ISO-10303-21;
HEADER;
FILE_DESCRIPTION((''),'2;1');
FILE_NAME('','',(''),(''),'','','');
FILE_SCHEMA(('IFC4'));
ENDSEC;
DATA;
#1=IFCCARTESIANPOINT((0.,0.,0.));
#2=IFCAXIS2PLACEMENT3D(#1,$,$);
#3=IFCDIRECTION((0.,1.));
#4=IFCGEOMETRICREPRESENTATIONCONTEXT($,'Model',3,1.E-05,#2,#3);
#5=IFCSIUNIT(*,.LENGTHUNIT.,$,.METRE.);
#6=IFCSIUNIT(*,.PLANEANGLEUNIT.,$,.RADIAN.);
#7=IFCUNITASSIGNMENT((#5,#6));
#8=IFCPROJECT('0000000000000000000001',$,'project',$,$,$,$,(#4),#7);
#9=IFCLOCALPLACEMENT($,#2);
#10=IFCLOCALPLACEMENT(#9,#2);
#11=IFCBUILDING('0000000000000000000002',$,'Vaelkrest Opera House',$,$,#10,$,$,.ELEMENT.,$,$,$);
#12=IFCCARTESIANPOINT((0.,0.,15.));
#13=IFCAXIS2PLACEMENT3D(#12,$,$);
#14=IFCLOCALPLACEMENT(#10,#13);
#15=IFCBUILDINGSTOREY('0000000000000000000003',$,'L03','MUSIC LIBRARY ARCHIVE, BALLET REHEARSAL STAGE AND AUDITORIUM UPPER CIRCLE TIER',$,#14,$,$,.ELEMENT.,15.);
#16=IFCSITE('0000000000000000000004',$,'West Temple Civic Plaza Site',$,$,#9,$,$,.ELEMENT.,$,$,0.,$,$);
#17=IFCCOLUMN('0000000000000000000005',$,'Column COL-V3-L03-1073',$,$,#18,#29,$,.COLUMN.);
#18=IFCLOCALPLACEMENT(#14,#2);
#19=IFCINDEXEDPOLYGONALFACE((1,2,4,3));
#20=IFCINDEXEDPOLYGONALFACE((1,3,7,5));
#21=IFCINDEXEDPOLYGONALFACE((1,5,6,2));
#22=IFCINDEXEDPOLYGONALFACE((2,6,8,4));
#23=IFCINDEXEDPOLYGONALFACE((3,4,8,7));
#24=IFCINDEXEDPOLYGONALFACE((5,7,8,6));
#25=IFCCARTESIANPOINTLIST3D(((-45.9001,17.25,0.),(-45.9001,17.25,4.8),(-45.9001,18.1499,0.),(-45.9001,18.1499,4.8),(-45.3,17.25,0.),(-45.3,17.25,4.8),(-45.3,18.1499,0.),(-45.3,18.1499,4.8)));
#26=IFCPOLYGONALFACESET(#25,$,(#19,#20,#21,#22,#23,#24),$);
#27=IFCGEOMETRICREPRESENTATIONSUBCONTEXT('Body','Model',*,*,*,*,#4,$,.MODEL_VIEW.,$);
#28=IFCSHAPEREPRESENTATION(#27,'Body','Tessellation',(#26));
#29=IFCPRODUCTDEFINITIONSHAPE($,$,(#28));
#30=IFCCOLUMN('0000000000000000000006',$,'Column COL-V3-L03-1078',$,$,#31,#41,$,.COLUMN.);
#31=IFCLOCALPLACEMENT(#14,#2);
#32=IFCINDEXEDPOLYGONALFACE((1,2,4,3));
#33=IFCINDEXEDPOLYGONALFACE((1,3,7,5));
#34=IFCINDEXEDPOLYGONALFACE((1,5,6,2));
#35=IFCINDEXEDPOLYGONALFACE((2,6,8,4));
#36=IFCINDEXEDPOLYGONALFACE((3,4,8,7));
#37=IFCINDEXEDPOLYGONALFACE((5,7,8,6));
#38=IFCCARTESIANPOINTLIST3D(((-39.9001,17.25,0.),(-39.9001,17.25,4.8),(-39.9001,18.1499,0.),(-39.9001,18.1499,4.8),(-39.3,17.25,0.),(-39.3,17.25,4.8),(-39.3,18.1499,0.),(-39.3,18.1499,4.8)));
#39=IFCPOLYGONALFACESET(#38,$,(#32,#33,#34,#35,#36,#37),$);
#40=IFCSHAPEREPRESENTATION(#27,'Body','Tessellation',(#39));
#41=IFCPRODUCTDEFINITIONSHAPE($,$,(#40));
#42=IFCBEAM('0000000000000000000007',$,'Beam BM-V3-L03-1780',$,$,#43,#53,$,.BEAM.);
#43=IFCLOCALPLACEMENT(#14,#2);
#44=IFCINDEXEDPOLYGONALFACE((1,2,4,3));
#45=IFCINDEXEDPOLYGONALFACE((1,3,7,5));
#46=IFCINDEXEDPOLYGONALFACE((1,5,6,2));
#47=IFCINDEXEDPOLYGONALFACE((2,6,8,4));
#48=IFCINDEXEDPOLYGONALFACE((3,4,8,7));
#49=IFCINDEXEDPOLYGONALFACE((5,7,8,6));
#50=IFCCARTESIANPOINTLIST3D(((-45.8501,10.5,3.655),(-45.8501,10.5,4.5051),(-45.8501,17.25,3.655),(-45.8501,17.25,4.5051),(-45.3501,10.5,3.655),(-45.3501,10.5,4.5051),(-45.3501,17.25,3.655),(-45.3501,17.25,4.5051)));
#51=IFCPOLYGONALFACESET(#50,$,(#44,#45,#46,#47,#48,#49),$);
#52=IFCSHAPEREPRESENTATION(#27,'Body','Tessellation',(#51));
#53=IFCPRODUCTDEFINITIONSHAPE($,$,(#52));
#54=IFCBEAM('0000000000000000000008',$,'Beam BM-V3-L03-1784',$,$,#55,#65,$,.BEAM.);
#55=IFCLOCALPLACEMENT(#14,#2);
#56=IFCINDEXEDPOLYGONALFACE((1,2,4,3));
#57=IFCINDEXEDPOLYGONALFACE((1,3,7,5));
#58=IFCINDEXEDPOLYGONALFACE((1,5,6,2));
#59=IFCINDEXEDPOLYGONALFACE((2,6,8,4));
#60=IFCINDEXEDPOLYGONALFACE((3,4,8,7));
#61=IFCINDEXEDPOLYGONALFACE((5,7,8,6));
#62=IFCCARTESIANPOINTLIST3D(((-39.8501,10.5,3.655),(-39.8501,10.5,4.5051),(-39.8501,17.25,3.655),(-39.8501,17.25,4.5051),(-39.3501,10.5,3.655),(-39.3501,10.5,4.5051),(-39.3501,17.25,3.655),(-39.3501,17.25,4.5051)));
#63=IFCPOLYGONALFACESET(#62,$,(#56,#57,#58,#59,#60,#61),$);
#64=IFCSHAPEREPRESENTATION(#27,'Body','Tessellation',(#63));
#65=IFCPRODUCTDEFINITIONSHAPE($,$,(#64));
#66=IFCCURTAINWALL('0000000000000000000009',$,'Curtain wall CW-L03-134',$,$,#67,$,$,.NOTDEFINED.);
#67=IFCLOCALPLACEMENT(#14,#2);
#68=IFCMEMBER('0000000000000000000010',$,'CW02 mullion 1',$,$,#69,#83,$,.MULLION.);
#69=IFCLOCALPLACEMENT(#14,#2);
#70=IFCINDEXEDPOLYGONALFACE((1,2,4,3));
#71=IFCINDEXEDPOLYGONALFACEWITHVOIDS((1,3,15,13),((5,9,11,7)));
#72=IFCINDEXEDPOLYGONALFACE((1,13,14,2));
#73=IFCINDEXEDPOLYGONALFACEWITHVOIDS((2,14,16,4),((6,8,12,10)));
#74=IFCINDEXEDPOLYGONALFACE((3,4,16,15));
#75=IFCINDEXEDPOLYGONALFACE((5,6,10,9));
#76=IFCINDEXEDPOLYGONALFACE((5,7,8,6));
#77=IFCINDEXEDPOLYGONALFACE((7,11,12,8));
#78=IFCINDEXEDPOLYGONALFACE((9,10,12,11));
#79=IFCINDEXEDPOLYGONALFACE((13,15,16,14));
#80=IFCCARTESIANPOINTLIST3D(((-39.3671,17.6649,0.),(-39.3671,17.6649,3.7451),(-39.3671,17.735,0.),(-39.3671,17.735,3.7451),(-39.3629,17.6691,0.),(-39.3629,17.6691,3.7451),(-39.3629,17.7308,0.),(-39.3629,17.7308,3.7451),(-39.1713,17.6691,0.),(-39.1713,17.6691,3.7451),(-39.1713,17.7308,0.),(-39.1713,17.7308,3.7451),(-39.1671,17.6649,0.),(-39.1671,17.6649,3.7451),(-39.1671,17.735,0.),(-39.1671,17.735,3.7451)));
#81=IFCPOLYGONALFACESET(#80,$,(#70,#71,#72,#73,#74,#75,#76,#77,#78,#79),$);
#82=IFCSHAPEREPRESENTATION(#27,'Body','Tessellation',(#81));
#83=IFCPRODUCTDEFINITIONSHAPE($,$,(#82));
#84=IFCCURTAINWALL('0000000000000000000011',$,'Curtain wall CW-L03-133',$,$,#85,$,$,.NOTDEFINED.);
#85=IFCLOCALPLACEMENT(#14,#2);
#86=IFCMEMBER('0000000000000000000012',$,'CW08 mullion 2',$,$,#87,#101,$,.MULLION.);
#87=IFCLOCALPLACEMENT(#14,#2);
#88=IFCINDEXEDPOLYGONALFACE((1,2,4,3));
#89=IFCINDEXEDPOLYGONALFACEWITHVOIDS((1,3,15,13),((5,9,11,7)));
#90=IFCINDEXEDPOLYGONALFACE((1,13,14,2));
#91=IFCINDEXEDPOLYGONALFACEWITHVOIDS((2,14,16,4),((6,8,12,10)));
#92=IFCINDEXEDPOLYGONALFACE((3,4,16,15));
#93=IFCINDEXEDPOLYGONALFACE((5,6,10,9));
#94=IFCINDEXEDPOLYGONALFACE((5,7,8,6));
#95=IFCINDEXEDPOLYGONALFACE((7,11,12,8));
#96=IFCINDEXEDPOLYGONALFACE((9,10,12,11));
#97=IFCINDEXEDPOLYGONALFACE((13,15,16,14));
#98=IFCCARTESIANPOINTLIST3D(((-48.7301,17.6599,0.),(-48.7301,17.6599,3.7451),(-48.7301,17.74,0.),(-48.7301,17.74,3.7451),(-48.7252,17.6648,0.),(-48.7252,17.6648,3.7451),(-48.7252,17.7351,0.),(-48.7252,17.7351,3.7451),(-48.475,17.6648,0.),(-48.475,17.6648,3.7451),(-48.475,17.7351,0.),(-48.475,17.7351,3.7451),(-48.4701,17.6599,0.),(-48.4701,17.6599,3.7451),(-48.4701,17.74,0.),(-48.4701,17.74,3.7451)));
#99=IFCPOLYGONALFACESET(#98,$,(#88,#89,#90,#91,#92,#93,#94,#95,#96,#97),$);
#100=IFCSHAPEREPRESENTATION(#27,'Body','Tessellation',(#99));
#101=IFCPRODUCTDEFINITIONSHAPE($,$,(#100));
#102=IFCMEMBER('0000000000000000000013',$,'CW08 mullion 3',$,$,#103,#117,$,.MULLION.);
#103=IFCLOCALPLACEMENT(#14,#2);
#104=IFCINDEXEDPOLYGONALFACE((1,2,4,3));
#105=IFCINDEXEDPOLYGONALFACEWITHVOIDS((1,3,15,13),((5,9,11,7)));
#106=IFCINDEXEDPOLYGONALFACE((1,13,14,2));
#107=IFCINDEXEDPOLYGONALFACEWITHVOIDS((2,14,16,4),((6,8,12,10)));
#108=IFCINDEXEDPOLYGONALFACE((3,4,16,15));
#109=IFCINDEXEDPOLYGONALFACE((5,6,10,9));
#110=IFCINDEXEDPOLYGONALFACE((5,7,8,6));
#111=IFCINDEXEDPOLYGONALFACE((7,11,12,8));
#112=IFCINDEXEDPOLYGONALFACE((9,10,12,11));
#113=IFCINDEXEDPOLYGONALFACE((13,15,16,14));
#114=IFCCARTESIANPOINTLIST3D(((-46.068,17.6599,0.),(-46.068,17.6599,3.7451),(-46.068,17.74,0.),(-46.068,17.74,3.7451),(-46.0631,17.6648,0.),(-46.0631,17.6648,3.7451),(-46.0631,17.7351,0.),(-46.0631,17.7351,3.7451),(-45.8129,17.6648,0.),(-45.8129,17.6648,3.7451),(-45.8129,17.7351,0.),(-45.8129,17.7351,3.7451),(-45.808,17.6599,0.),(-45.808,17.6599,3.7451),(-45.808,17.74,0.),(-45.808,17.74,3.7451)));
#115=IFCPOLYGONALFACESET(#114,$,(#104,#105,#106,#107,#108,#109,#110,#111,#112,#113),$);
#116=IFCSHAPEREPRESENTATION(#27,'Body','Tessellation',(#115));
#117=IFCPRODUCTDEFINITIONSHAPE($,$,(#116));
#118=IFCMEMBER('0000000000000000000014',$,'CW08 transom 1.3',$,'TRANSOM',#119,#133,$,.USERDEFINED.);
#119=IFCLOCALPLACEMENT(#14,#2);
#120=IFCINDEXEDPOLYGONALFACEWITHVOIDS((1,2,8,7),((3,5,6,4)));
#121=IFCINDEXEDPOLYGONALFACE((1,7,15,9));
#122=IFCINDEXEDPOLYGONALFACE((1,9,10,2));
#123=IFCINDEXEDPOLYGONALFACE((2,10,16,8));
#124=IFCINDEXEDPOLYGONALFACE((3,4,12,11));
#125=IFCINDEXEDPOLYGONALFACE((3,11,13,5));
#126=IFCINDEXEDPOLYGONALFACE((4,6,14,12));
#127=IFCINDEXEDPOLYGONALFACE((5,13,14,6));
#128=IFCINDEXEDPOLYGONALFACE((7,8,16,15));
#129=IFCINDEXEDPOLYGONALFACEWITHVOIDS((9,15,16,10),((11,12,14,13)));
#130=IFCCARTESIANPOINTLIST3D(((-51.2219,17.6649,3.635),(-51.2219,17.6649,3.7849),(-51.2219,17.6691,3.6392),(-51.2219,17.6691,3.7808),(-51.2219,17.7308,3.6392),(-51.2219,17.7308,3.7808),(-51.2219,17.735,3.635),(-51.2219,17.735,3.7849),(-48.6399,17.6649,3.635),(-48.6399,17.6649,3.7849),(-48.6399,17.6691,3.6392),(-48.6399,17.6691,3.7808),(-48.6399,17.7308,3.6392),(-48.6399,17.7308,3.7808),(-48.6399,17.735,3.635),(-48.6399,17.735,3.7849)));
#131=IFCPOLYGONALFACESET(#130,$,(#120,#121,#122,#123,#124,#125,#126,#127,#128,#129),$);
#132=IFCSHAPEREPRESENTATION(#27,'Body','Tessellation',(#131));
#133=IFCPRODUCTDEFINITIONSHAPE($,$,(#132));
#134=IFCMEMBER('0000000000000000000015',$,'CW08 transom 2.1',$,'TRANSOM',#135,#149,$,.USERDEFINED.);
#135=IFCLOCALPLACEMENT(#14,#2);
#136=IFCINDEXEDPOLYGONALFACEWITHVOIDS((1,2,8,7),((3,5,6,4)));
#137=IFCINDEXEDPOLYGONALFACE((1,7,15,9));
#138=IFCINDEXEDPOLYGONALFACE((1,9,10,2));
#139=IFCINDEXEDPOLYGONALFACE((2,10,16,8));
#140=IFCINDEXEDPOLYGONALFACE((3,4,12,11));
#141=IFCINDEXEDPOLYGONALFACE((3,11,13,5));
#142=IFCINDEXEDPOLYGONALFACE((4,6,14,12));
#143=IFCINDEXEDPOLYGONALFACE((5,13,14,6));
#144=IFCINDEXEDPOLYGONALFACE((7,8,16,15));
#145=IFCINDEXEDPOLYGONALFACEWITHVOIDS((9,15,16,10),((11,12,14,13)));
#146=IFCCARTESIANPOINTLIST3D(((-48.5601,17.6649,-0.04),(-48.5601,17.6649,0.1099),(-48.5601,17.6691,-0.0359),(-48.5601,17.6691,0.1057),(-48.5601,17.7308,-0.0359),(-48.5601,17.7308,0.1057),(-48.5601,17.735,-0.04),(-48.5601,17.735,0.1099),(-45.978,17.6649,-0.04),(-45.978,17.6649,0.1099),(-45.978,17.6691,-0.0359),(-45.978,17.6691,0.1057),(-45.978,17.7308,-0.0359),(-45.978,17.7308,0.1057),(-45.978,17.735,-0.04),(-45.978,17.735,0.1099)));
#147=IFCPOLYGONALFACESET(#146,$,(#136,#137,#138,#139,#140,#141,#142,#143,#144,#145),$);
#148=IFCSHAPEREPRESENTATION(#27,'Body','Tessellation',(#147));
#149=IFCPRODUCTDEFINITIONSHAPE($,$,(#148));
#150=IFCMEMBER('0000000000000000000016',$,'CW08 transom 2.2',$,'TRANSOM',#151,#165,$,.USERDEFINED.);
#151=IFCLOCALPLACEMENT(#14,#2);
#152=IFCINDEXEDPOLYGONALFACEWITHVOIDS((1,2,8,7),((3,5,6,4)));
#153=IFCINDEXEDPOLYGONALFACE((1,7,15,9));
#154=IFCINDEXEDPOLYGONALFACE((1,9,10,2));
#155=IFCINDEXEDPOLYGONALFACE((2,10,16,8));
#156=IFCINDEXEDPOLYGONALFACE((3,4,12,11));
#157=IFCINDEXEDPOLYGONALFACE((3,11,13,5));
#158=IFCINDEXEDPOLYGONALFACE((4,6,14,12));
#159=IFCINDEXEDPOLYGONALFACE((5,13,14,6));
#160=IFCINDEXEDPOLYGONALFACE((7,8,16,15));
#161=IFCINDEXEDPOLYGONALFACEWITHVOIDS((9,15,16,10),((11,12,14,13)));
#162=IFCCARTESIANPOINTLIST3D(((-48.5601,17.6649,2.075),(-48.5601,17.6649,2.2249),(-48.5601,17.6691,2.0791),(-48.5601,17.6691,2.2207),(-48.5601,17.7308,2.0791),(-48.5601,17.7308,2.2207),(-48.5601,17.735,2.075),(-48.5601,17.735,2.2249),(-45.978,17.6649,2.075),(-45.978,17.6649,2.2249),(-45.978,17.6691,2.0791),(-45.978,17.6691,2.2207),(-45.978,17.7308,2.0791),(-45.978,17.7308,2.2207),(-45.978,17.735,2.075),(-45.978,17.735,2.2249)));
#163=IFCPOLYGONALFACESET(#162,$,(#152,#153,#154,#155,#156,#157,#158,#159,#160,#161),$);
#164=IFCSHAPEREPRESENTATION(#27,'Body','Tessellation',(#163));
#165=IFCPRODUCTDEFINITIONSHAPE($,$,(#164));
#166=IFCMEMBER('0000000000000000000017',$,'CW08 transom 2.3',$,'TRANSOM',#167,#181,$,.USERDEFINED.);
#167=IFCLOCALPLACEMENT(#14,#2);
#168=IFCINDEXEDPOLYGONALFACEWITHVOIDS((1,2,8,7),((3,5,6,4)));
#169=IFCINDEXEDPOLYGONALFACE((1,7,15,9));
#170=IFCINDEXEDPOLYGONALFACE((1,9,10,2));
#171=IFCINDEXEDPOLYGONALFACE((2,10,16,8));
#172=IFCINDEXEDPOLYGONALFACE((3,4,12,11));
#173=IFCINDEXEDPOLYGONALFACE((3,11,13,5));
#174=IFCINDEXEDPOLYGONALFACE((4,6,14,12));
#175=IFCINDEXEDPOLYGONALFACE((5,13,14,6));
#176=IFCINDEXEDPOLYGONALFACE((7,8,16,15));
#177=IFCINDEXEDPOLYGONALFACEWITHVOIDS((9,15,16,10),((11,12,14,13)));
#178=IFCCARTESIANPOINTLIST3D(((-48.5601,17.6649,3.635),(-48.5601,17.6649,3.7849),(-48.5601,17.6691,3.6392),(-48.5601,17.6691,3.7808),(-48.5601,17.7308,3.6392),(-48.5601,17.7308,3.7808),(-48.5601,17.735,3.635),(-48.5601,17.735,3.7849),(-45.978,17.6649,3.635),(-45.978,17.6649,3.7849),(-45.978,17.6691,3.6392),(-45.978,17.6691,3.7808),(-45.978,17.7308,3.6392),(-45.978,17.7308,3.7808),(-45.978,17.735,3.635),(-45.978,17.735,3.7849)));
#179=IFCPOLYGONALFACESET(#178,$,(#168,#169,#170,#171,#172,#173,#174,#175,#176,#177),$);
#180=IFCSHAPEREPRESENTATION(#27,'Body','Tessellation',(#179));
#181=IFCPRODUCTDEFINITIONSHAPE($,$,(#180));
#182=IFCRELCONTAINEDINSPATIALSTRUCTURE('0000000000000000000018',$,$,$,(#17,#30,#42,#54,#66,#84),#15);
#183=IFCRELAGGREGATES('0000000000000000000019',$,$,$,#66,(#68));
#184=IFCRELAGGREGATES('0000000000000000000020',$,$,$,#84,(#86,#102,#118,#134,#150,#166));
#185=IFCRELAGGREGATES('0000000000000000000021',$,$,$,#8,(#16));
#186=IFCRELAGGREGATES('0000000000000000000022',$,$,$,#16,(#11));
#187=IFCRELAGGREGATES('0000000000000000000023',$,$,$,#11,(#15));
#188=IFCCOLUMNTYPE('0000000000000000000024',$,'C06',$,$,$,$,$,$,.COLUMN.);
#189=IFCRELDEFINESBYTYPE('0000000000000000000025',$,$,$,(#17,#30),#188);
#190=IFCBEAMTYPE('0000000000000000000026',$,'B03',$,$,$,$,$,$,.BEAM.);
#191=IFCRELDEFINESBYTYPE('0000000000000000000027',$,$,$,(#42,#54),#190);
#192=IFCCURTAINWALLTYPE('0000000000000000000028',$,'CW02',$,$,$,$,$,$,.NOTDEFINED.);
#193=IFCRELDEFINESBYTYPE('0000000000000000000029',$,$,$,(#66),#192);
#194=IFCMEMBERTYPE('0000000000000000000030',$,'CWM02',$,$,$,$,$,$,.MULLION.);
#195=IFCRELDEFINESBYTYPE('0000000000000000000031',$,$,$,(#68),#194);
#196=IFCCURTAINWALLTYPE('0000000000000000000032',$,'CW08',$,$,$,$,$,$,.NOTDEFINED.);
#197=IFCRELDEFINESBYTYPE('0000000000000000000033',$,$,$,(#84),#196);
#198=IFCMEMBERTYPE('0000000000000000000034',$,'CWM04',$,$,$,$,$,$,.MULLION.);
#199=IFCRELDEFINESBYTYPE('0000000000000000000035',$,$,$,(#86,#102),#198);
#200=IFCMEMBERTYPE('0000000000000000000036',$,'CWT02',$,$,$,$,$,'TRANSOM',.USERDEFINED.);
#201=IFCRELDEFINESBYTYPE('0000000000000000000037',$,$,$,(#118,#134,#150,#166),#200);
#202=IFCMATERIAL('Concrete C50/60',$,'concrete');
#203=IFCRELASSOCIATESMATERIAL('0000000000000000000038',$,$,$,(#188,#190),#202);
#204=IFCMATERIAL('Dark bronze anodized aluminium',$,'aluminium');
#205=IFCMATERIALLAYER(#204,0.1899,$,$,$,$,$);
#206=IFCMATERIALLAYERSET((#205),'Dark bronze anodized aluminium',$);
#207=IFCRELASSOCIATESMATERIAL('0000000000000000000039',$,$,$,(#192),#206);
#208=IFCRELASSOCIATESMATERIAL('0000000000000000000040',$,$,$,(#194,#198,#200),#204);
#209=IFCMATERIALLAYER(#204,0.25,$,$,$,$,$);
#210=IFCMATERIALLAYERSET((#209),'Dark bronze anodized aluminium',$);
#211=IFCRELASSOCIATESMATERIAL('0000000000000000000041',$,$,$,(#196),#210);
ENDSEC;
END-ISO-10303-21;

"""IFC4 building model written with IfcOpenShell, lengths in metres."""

from ifc_helpers import new_model, si_unit, direction, frame, origin, origin_2d, place, context, subcontext, project, spatial, rectangle, hollow_rectangle, extrude, material, layer, layer_set, material_profile, profile_set, type_object, element, aggregate, save


model = new_model("IFC4")

# Units and contexts
model_context = context("Model", 3, precision=1e-05, world=origin(), true_north=direction((0.0, 1.0)))
body_context = subcontext(model_context, "Body", "Model", "MODEL_VIEW")
ifc_project = project(units=[si_unit("LENGTHUNIT", "METRE"), si_unit("PLANEANGLEUNIT", "RADIAN")], contexts=[model_context])

# Site, building, storey
site_placement = place(None, origin())
site = spatial("IfcSite", under=ifc_project, at=site_placement, Name="West Temple Civic Plaza Site", CompositionType="ELEMENT", RefElevation=0.0)
building_placement = place(site_placement, origin())
building = spatial("IfcBuilding", under=site, at=building_placement, Name="Vaelkrest Opera House", CompositionType="ELEMENT")
storey_placement = place(building_placement, frame((0.0, 0.0, 15.0)))
storey = spatial("IfcBuildingStorey", under=building, at=storey_placement, Name="L03", Description="MUSIC LIBRARY ARCHIVE, BALLET REHEARSAL STAGE AND AUDITORIUM UPPER CIRCLE TIER", CompositionType="ELEMENT", Elevation=15.0)

# Columns
ifc_material_1 = material(Name="Concrete C50/60", Category="concrete")
ifc_material_profile_1 = material_profile(ifc_material_1, rectangle(XDim=0.6001, YDim=0.8999, at=origin_2d()), Name="RC600X900")
ifc_profile_set_1 = profile_set([ifc_material_profile_1], Name="Concrete C50/60")
column_type = type_object("IfcColumnType", Name="C06", PredefinedType="COLUMN", material=ifc_profile_set_1)
for number, where, z_axis, x_axis, name in (
    (1, (-45.6001, 17.7, 0.0), (0.0, 0.0, 1.0), (1.0, 0.0, 0.0), "Column COL-V3-L03-1073"),
    (2, (-39.6001, 17.7, 0.0), (0.0, 0.0, 1.0), (1.0, 0.0, 0.0), "Column COL-V3-L03-1078"),
):
    element("IfcColumn", number, at=place(storey_placement, frame(where, z_axis=z_axis, x_axis=x_axis)), inside=storey, type_object=column_type, Name=name, PredefinedType="COLUMN", context=body_context, shape_type="SweptSolid", body=[
        extrude(rectangle(XDim=0.6001, YDim=0.8999, at=origin_2d()), origin(), (0.0, 0.0, 1.0), 4.8),
    ])

# Beams
ifc_material_profile_2 = material_profile(ifc_material_1, rectangle(XDim=0.5, YDim=0.8501, at=origin_2d()), Name="RCB500X850")
ifc_profile_set_2 = profile_set([ifc_material_profile_2], Name="Concrete C50/60")
beam_type_1 = type_object("IfcBeamType", Name="B03", PredefinedType="BEAM", material=ifc_profile_set_2)
for number, where, z_axis, x_axis, name in (
    (3, (-45.6001, 10.5, 4.0801), (0.0, 1.0, 0.0), (-1.0, 0.0, 0.0), "Beam BM-V3-L03-1780"),
    (4, (-39.6001, 10.5, 4.0801), (0.0, 1.0, 0.0), (-1.0, 0.0, 0.0), "Beam BM-V3-L03-1784"),
):
    element("IfcBeam", number, at=place(storey_placement, frame(where, z_axis=z_axis, x_axis=x_axis)), inside=storey, type_object=beam_type_1, Name=name, PredefinedType="BEAM", context=body_context, shape_type="SweptSolid", body=[
        extrude(rectangle(XDim=0.5, YDim=0.8501, at=origin_2d()), origin(), (0.0, 0.0, 1.0), 6.75),
    ])

# Curtain wall, member
ifc_material_2 = material(Name="Dark bronze anodized aluminium", Category="aluminium")
ifc_layer_1 = layer(ifc_material_2, 0.1899)
ifc_layer_set_1 = layer_set([ifc_layer_1], Name="Dark bronze anodized aluminium")
curtain_wall_type_1 = type_object("IfcCurtainWallType", Name="CW02", PredefinedType="NOTDEFINED", material=ifc_layer_set_1)
curtain_wall_1_placement = place(storey_placement, origin())
curtain_wall_1 = element("IfcCurtainWall", 5, at=curtain_wall_1_placement, inside=storey, type_object=curtain_wall_type_1, Name="Curtain wall CW-L03-134", PredefinedType="NOTDEFINED")
ifc_material_profile_3 = material_profile(ifc_material_2, hollow_rectangle(XDim=0.0701, YDim=0.2, WallThickness=0.0042, at=origin_2d()), Name="CWM70X200")
ifc_profile_set_3 = profile_set([ifc_material_profile_3], Name="Dark bronze anodized aluminium")
member_type_1 = type_object("IfcMemberType", Name="CWM02", PredefinedType="MULLION", material=ifc_profile_set_3)
member_1_placement = place(storey_placement, frame((-39.2671, 17.7, 0.0), z_axis=(0.0, 0.0, 1.0), x_axis=(0.0, 1.0, 0.0)))
member_1 = element("IfcMember", 6, at=member_1_placement, type_object=member_type_1, Name="CW02 mullion 1", PredefinedType="MULLION", context=body_context, shape_type="SweptSolid", body=[
    extrude(hollow_rectangle(XDim=0.0701, YDim=0.2, WallThickness=0.0042, at=origin_2d()), origin(), (0.0, 0.0, 1.0), 3.7451),
])

# Curtain wall, members
ifc_layer_2 = layer(ifc_material_2, 0.25)
ifc_layer_set_2 = layer_set([ifc_layer_2], Name="Dark bronze anodized aluminium")
curtain_wall_type_2 = type_object("IfcCurtainWallType", Name="CW08", PredefinedType="NOTDEFINED", material=ifc_layer_set_2)
curtain_wall_2_placement = place(storey_placement, origin())
curtain_wall_2 = element("IfcCurtainWall", 7, at=curtain_wall_2_placement, inside=storey, type_object=curtain_wall_type_2, Name="Curtain wall CW-L03-133", PredefinedType="NOTDEFINED")
ifc_material_profile_4 = material_profile(ifc_material_2, hollow_rectangle(XDim=0.0801, YDim=0.26, WallThickness=0.0049, at=origin_2d()), Name="CWM80X260")
ifc_profile_set_4 = profile_set([ifc_material_profile_4], Name="Dark bronze anodized aluminium")
member_type_2 = type_object("IfcMemberType", Name="CWM04", PredefinedType="MULLION", material=ifc_profile_set_4)
member_2_placement = place(storey_placement, frame((-48.6001, 17.7, 0.0), z_axis=(0.0, 0.0, 1.0), x_axis=(0.0, 1.0, 0.0)))
member_2 = element("IfcMember", 8, at=member_2_placement, type_object=member_type_2, Name="CW08 mullion 2", PredefinedType="MULLION", context=body_context, shape_type="SweptSolid", body=[
    extrude(hollow_rectangle(XDim=0.0801, YDim=0.26, WallThickness=0.0049, at=origin_2d()), origin(), (0.0, 0.0, 1.0), 3.7451),
])
member_3_placement = place(storey_placement, frame((-45.938, 17.7, 0.0), z_axis=(0.0, 0.0, 1.0), x_axis=(0.0, 1.0, 0.0)))
member_3 = element("IfcMember", 9, at=member_3_placement, type_object=member_type_2, Name="CW08 mullion 3", PredefinedType="MULLION", context=body_context, shape_type="SweptSolid", body=[
    extrude(hollow_rectangle(XDim=0.0801, YDim=0.26, WallThickness=0.0049, at=origin_2d()), origin(), (0.0, 0.0, 1.0), 3.7451),
])
ifc_material_profile_5 = material_profile(ifc_material_2, hollow_rectangle(XDim=0.0701, YDim=0.1499, WallThickness=0.0042, at=origin_2d()), Name="CWT70X150")
ifc_profile_set_5 = profile_set([ifc_material_profile_5], Name="Dark bronze anodized aluminium")
member_type_3 = type_object("IfcMemberType", Name="CWT02", ElementType="TRANSOM", PredefinedType="USERDEFINED", material=ifc_profile_set_5)
member_4_placement = place(storey_placement, frame((-51.2219, 17.7, 3.71), z_axis=(1.0, 0.0, 0.0), x_axis=(0.0, 1.0, 0.0)))
member_4 = element("IfcMember", 10, at=member_4_placement, type_object=member_type_3, Name="CW08 transom 1.3", ObjectType="TRANSOM", PredefinedType="USERDEFINED", context=body_context, shape_type="SweptSolid", body=[
    extrude(hollow_rectangle(XDim=0.0701, YDim=0.1499, WallThickness=0.0042, at=origin_2d()), origin(), (0.0, 0.0, 1.0), 2.582),
])
member_5_placement = place(storey_placement, frame((-48.5601, 17.7, 0.0349), z_axis=(1.0, 0.0, 0.0), x_axis=(0.0, 1.0, 0.0)))
member_5 = element("IfcMember", 11, at=member_5_placement, type_object=member_type_3, Name="CW08 transom 2.1", ObjectType="TRANSOM", PredefinedType="USERDEFINED", context=body_context, shape_type="SweptSolid", body=[
    extrude(hollow_rectangle(XDim=0.0701, YDim=0.1499, WallThickness=0.0042, at=origin_2d()), origin(), (0.0, 0.0, 1.0), 2.582),
])
member_6_placement = place(storey_placement, frame((-48.5601, 17.7, 2.1499), z_axis=(1.0, 0.0, 0.0), x_axis=(0.0, 1.0, 0.0)))
member_6 = element("IfcMember", 12, at=member_6_placement, type_object=member_type_3, Name="CW08 transom 2.2", ObjectType="TRANSOM", PredefinedType="USERDEFINED", context=body_context, shape_type="SweptSolid", body=[
    extrude(hollow_rectangle(XDim=0.0701, YDim=0.1499, WallThickness=0.0042, at=origin_2d()), origin(), (0.0, 0.0, 1.0), 2.582),
])
member_7_placement = place(storey_placement, frame((-48.5601, 17.7, 3.71), z_axis=(1.0, 0.0, 0.0), x_axis=(0.0, 1.0, 0.0)))
member_7 = element("IfcMember", 13, at=member_7_placement, type_object=member_type_3, Name="CW08 transom 2.3", ObjectType="TRANSOM", PredefinedType="USERDEFINED", context=body_context, shape_type="SweptSolid", body=[
    extrude(hollow_rectangle(XDim=0.0701, YDim=0.1499, WallThickness=0.0042, at=origin_2d()), origin(), (0.0, 0.0, 1.0), 2.582),
])

aggregate(curtain_wall_1, [member_1])

aggregate(curtain_wall_2, [member_2, member_3, member_4, member_5, member_6, member_7])

save(model, "model.ifc")
